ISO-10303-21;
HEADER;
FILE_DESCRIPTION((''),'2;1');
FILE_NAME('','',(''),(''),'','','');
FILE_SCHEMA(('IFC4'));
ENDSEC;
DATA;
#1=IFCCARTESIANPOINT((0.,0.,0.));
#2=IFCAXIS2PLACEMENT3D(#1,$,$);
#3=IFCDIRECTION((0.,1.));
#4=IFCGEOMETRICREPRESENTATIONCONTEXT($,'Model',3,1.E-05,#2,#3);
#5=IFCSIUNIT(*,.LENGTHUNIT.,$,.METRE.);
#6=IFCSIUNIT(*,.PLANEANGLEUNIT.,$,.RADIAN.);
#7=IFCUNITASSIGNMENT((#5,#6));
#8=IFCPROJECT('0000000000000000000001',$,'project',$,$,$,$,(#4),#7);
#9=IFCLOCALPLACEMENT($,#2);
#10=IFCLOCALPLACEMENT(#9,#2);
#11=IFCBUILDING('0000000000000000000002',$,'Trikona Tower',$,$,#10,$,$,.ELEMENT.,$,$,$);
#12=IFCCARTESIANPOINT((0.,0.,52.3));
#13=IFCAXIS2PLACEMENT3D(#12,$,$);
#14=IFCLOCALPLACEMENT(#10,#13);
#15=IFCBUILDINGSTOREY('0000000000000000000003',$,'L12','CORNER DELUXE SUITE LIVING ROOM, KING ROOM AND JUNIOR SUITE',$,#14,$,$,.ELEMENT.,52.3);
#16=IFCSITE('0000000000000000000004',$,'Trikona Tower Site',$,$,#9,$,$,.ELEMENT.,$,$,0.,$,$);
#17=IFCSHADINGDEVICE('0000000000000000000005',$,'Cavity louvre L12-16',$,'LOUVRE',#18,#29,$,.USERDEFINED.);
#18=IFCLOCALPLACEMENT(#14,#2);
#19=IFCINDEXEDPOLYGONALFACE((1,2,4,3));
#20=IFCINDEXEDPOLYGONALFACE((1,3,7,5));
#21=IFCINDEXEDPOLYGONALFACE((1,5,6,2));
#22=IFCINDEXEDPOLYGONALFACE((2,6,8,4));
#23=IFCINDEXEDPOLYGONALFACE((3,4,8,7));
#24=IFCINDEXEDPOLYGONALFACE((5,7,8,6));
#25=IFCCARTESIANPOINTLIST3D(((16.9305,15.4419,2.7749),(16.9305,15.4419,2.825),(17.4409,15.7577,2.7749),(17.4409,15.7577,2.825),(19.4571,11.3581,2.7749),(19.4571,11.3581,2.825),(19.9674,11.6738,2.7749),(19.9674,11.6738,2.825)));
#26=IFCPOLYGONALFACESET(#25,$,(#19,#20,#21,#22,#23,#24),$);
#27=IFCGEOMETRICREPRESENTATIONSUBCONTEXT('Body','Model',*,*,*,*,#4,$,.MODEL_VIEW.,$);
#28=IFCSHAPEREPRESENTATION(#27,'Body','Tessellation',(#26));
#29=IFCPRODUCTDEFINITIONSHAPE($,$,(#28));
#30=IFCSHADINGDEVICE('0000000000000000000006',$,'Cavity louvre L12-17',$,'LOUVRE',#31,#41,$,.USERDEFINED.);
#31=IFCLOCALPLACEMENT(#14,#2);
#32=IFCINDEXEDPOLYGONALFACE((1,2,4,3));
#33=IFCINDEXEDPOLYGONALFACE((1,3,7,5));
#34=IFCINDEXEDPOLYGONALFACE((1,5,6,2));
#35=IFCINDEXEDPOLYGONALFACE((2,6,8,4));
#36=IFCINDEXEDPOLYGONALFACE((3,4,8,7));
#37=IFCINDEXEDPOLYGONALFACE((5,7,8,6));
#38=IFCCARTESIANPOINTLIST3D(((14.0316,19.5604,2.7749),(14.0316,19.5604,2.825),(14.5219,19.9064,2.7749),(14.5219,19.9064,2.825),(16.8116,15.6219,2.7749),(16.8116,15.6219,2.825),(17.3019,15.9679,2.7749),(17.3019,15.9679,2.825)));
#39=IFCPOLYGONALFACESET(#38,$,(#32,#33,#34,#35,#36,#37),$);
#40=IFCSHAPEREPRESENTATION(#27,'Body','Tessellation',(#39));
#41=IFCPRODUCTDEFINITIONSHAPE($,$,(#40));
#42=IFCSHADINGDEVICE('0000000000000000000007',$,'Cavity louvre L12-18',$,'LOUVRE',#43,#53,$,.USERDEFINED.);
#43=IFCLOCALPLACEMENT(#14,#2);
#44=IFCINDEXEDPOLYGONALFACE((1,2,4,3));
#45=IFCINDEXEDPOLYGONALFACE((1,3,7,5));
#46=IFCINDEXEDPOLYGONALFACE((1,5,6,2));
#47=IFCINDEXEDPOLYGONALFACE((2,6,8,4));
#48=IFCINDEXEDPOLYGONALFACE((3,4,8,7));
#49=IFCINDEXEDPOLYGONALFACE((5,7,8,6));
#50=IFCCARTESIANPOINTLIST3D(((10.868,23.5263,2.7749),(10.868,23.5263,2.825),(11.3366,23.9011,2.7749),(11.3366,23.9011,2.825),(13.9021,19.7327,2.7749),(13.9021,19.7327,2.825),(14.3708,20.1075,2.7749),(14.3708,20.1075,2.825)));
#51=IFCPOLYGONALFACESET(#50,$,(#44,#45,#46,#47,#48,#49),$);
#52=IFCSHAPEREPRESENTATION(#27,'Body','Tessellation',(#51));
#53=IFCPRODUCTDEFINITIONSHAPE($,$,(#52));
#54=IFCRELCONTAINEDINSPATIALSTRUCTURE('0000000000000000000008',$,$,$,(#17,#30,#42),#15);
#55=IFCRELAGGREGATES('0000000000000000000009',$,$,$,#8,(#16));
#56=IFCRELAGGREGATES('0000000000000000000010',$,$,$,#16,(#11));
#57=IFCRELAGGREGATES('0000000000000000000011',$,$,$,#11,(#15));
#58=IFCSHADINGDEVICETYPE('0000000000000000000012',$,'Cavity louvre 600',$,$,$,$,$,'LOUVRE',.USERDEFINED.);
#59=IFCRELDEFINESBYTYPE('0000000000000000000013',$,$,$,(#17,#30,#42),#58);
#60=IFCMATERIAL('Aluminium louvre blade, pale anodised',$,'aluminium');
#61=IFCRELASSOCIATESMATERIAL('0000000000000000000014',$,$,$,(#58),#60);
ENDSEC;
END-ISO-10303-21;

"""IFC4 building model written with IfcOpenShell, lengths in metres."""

from ifc_helpers import new_model, si_unit, direction, frame, origin, origin_2d, place, context, subcontext, project, spatial, rectangle, extrude, material, type_object, element, save


model = new_model("IFC4")

# Units and contexts
model_context = context("Model", 3, precision=1e-05, world=origin(), true_north=direction((0.0, 1.0)))
body_context = subcontext(model_context, "Body", "Model", "MODEL_VIEW")
ifc_project = project(units=[si_unit("LENGTHUNIT", "METRE"), si_unit("PLANEANGLEUNIT", "RADIAN")], contexts=[model_context])

# Site, building, storey
site_placement = place(None, origin())
site = spatial("IfcSite", under=ifc_project, at=site_placement, Name="Trikona Tower Site", CompositionType="ELEMENT", RefElevation=0.0)
building_placement = place(site_placement, origin())
building = spatial("IfcBuilding", under=site, at=building_placement, Name="Trikona Tower", CompositionType="ELEMENT")
storey_placement = place(building_placement, frame((0.0, 0.0, 52.3)))
storey = spatial("IfcBuildingStorey", under=building, at=storey_placement, Name="L12", Description="CORNER DELUXE SUITE LIVING ROOM, KING ROOM AND JUNIOR SUITE", CompositionType="ELEMENT", Elevation=52.3)

# Shading devices
ifc_material_1 = material(Name="Aluminium louvre blade, pale anodised", Category="aluminium")
shading_device_type = type_object("IfcShadingDeviceType", Name="Cavity louvre 600", ElementType="LOUVRE", PredefinedType="USERDEFINED", material=ifc_material_1)
shading_device_1_placement = place(storey_placement, frame((18.449, 13.5579, 2.7749), z_axis=(0.0, 0.0, 1.0), x_axis=(-0.526119, 0.850411, 0.0)))
element("IfcShadingDevice", 1, at=shading_device_1_placement, inside=storey, type_object=shading_device_type, Name="Cavity louvre L12-16", ObjectType="LOUVRE", PredefinedType="USERDEFINED", context=body_context, shape_type="SweptSolid", body=[
    extrude(rectangle(XDim=4.8022, YDim=0.6001, at=origin_2d()), origin(), (0.0, 0.0, 1.0), 0.05),
])
shading_device_2_placement = place(storey_placement, frame((15.6667, 17.7642, 2.7749), z_axis=(0.0, 0.0, 1.0), x_axis=(-0.576662, 0.816983, 0.0)))
element("IfcShadingDevice", 2, at=shading_device_2_placement, inside=storey, type_object=shading_device_type, Name="Cavity louvre L12-17", ObjectType="LOUVRE", PredefinedType="USERDEFINED", context=body_context, shape_type="SweptSolid", body=[
    extrude(rectangle(XDim=4.8208, YDim=0.6001, at=origin_2d()), origin(), (0.0, 0.0, 1.0), 0.05),
])
shading_device_3_placement = place(storey_placement, frame((12.6194, 21.8169, 2.7749), z_axis=(0.0, 0.0, 1.0), x_axis=(-0.624604, 0.780942, 0.0)))
element("IfcShadingDevice", 3, at=shading_device_3_placement, inside=storey, type_object=shading_device_type, Name="Cavity louvre L12-18", ObjectType="LOUVRE", PredefinedType="USERDEFINED", context=body_context, shape_type="SweptSolid", body=[
    extrude(rectangle(XDim=4.8577, YDim=0.6001, at=origin_2d()), origin(), (0.0, 0.0, 1.0), 0.05),
])

save(model, "model.ifc")
